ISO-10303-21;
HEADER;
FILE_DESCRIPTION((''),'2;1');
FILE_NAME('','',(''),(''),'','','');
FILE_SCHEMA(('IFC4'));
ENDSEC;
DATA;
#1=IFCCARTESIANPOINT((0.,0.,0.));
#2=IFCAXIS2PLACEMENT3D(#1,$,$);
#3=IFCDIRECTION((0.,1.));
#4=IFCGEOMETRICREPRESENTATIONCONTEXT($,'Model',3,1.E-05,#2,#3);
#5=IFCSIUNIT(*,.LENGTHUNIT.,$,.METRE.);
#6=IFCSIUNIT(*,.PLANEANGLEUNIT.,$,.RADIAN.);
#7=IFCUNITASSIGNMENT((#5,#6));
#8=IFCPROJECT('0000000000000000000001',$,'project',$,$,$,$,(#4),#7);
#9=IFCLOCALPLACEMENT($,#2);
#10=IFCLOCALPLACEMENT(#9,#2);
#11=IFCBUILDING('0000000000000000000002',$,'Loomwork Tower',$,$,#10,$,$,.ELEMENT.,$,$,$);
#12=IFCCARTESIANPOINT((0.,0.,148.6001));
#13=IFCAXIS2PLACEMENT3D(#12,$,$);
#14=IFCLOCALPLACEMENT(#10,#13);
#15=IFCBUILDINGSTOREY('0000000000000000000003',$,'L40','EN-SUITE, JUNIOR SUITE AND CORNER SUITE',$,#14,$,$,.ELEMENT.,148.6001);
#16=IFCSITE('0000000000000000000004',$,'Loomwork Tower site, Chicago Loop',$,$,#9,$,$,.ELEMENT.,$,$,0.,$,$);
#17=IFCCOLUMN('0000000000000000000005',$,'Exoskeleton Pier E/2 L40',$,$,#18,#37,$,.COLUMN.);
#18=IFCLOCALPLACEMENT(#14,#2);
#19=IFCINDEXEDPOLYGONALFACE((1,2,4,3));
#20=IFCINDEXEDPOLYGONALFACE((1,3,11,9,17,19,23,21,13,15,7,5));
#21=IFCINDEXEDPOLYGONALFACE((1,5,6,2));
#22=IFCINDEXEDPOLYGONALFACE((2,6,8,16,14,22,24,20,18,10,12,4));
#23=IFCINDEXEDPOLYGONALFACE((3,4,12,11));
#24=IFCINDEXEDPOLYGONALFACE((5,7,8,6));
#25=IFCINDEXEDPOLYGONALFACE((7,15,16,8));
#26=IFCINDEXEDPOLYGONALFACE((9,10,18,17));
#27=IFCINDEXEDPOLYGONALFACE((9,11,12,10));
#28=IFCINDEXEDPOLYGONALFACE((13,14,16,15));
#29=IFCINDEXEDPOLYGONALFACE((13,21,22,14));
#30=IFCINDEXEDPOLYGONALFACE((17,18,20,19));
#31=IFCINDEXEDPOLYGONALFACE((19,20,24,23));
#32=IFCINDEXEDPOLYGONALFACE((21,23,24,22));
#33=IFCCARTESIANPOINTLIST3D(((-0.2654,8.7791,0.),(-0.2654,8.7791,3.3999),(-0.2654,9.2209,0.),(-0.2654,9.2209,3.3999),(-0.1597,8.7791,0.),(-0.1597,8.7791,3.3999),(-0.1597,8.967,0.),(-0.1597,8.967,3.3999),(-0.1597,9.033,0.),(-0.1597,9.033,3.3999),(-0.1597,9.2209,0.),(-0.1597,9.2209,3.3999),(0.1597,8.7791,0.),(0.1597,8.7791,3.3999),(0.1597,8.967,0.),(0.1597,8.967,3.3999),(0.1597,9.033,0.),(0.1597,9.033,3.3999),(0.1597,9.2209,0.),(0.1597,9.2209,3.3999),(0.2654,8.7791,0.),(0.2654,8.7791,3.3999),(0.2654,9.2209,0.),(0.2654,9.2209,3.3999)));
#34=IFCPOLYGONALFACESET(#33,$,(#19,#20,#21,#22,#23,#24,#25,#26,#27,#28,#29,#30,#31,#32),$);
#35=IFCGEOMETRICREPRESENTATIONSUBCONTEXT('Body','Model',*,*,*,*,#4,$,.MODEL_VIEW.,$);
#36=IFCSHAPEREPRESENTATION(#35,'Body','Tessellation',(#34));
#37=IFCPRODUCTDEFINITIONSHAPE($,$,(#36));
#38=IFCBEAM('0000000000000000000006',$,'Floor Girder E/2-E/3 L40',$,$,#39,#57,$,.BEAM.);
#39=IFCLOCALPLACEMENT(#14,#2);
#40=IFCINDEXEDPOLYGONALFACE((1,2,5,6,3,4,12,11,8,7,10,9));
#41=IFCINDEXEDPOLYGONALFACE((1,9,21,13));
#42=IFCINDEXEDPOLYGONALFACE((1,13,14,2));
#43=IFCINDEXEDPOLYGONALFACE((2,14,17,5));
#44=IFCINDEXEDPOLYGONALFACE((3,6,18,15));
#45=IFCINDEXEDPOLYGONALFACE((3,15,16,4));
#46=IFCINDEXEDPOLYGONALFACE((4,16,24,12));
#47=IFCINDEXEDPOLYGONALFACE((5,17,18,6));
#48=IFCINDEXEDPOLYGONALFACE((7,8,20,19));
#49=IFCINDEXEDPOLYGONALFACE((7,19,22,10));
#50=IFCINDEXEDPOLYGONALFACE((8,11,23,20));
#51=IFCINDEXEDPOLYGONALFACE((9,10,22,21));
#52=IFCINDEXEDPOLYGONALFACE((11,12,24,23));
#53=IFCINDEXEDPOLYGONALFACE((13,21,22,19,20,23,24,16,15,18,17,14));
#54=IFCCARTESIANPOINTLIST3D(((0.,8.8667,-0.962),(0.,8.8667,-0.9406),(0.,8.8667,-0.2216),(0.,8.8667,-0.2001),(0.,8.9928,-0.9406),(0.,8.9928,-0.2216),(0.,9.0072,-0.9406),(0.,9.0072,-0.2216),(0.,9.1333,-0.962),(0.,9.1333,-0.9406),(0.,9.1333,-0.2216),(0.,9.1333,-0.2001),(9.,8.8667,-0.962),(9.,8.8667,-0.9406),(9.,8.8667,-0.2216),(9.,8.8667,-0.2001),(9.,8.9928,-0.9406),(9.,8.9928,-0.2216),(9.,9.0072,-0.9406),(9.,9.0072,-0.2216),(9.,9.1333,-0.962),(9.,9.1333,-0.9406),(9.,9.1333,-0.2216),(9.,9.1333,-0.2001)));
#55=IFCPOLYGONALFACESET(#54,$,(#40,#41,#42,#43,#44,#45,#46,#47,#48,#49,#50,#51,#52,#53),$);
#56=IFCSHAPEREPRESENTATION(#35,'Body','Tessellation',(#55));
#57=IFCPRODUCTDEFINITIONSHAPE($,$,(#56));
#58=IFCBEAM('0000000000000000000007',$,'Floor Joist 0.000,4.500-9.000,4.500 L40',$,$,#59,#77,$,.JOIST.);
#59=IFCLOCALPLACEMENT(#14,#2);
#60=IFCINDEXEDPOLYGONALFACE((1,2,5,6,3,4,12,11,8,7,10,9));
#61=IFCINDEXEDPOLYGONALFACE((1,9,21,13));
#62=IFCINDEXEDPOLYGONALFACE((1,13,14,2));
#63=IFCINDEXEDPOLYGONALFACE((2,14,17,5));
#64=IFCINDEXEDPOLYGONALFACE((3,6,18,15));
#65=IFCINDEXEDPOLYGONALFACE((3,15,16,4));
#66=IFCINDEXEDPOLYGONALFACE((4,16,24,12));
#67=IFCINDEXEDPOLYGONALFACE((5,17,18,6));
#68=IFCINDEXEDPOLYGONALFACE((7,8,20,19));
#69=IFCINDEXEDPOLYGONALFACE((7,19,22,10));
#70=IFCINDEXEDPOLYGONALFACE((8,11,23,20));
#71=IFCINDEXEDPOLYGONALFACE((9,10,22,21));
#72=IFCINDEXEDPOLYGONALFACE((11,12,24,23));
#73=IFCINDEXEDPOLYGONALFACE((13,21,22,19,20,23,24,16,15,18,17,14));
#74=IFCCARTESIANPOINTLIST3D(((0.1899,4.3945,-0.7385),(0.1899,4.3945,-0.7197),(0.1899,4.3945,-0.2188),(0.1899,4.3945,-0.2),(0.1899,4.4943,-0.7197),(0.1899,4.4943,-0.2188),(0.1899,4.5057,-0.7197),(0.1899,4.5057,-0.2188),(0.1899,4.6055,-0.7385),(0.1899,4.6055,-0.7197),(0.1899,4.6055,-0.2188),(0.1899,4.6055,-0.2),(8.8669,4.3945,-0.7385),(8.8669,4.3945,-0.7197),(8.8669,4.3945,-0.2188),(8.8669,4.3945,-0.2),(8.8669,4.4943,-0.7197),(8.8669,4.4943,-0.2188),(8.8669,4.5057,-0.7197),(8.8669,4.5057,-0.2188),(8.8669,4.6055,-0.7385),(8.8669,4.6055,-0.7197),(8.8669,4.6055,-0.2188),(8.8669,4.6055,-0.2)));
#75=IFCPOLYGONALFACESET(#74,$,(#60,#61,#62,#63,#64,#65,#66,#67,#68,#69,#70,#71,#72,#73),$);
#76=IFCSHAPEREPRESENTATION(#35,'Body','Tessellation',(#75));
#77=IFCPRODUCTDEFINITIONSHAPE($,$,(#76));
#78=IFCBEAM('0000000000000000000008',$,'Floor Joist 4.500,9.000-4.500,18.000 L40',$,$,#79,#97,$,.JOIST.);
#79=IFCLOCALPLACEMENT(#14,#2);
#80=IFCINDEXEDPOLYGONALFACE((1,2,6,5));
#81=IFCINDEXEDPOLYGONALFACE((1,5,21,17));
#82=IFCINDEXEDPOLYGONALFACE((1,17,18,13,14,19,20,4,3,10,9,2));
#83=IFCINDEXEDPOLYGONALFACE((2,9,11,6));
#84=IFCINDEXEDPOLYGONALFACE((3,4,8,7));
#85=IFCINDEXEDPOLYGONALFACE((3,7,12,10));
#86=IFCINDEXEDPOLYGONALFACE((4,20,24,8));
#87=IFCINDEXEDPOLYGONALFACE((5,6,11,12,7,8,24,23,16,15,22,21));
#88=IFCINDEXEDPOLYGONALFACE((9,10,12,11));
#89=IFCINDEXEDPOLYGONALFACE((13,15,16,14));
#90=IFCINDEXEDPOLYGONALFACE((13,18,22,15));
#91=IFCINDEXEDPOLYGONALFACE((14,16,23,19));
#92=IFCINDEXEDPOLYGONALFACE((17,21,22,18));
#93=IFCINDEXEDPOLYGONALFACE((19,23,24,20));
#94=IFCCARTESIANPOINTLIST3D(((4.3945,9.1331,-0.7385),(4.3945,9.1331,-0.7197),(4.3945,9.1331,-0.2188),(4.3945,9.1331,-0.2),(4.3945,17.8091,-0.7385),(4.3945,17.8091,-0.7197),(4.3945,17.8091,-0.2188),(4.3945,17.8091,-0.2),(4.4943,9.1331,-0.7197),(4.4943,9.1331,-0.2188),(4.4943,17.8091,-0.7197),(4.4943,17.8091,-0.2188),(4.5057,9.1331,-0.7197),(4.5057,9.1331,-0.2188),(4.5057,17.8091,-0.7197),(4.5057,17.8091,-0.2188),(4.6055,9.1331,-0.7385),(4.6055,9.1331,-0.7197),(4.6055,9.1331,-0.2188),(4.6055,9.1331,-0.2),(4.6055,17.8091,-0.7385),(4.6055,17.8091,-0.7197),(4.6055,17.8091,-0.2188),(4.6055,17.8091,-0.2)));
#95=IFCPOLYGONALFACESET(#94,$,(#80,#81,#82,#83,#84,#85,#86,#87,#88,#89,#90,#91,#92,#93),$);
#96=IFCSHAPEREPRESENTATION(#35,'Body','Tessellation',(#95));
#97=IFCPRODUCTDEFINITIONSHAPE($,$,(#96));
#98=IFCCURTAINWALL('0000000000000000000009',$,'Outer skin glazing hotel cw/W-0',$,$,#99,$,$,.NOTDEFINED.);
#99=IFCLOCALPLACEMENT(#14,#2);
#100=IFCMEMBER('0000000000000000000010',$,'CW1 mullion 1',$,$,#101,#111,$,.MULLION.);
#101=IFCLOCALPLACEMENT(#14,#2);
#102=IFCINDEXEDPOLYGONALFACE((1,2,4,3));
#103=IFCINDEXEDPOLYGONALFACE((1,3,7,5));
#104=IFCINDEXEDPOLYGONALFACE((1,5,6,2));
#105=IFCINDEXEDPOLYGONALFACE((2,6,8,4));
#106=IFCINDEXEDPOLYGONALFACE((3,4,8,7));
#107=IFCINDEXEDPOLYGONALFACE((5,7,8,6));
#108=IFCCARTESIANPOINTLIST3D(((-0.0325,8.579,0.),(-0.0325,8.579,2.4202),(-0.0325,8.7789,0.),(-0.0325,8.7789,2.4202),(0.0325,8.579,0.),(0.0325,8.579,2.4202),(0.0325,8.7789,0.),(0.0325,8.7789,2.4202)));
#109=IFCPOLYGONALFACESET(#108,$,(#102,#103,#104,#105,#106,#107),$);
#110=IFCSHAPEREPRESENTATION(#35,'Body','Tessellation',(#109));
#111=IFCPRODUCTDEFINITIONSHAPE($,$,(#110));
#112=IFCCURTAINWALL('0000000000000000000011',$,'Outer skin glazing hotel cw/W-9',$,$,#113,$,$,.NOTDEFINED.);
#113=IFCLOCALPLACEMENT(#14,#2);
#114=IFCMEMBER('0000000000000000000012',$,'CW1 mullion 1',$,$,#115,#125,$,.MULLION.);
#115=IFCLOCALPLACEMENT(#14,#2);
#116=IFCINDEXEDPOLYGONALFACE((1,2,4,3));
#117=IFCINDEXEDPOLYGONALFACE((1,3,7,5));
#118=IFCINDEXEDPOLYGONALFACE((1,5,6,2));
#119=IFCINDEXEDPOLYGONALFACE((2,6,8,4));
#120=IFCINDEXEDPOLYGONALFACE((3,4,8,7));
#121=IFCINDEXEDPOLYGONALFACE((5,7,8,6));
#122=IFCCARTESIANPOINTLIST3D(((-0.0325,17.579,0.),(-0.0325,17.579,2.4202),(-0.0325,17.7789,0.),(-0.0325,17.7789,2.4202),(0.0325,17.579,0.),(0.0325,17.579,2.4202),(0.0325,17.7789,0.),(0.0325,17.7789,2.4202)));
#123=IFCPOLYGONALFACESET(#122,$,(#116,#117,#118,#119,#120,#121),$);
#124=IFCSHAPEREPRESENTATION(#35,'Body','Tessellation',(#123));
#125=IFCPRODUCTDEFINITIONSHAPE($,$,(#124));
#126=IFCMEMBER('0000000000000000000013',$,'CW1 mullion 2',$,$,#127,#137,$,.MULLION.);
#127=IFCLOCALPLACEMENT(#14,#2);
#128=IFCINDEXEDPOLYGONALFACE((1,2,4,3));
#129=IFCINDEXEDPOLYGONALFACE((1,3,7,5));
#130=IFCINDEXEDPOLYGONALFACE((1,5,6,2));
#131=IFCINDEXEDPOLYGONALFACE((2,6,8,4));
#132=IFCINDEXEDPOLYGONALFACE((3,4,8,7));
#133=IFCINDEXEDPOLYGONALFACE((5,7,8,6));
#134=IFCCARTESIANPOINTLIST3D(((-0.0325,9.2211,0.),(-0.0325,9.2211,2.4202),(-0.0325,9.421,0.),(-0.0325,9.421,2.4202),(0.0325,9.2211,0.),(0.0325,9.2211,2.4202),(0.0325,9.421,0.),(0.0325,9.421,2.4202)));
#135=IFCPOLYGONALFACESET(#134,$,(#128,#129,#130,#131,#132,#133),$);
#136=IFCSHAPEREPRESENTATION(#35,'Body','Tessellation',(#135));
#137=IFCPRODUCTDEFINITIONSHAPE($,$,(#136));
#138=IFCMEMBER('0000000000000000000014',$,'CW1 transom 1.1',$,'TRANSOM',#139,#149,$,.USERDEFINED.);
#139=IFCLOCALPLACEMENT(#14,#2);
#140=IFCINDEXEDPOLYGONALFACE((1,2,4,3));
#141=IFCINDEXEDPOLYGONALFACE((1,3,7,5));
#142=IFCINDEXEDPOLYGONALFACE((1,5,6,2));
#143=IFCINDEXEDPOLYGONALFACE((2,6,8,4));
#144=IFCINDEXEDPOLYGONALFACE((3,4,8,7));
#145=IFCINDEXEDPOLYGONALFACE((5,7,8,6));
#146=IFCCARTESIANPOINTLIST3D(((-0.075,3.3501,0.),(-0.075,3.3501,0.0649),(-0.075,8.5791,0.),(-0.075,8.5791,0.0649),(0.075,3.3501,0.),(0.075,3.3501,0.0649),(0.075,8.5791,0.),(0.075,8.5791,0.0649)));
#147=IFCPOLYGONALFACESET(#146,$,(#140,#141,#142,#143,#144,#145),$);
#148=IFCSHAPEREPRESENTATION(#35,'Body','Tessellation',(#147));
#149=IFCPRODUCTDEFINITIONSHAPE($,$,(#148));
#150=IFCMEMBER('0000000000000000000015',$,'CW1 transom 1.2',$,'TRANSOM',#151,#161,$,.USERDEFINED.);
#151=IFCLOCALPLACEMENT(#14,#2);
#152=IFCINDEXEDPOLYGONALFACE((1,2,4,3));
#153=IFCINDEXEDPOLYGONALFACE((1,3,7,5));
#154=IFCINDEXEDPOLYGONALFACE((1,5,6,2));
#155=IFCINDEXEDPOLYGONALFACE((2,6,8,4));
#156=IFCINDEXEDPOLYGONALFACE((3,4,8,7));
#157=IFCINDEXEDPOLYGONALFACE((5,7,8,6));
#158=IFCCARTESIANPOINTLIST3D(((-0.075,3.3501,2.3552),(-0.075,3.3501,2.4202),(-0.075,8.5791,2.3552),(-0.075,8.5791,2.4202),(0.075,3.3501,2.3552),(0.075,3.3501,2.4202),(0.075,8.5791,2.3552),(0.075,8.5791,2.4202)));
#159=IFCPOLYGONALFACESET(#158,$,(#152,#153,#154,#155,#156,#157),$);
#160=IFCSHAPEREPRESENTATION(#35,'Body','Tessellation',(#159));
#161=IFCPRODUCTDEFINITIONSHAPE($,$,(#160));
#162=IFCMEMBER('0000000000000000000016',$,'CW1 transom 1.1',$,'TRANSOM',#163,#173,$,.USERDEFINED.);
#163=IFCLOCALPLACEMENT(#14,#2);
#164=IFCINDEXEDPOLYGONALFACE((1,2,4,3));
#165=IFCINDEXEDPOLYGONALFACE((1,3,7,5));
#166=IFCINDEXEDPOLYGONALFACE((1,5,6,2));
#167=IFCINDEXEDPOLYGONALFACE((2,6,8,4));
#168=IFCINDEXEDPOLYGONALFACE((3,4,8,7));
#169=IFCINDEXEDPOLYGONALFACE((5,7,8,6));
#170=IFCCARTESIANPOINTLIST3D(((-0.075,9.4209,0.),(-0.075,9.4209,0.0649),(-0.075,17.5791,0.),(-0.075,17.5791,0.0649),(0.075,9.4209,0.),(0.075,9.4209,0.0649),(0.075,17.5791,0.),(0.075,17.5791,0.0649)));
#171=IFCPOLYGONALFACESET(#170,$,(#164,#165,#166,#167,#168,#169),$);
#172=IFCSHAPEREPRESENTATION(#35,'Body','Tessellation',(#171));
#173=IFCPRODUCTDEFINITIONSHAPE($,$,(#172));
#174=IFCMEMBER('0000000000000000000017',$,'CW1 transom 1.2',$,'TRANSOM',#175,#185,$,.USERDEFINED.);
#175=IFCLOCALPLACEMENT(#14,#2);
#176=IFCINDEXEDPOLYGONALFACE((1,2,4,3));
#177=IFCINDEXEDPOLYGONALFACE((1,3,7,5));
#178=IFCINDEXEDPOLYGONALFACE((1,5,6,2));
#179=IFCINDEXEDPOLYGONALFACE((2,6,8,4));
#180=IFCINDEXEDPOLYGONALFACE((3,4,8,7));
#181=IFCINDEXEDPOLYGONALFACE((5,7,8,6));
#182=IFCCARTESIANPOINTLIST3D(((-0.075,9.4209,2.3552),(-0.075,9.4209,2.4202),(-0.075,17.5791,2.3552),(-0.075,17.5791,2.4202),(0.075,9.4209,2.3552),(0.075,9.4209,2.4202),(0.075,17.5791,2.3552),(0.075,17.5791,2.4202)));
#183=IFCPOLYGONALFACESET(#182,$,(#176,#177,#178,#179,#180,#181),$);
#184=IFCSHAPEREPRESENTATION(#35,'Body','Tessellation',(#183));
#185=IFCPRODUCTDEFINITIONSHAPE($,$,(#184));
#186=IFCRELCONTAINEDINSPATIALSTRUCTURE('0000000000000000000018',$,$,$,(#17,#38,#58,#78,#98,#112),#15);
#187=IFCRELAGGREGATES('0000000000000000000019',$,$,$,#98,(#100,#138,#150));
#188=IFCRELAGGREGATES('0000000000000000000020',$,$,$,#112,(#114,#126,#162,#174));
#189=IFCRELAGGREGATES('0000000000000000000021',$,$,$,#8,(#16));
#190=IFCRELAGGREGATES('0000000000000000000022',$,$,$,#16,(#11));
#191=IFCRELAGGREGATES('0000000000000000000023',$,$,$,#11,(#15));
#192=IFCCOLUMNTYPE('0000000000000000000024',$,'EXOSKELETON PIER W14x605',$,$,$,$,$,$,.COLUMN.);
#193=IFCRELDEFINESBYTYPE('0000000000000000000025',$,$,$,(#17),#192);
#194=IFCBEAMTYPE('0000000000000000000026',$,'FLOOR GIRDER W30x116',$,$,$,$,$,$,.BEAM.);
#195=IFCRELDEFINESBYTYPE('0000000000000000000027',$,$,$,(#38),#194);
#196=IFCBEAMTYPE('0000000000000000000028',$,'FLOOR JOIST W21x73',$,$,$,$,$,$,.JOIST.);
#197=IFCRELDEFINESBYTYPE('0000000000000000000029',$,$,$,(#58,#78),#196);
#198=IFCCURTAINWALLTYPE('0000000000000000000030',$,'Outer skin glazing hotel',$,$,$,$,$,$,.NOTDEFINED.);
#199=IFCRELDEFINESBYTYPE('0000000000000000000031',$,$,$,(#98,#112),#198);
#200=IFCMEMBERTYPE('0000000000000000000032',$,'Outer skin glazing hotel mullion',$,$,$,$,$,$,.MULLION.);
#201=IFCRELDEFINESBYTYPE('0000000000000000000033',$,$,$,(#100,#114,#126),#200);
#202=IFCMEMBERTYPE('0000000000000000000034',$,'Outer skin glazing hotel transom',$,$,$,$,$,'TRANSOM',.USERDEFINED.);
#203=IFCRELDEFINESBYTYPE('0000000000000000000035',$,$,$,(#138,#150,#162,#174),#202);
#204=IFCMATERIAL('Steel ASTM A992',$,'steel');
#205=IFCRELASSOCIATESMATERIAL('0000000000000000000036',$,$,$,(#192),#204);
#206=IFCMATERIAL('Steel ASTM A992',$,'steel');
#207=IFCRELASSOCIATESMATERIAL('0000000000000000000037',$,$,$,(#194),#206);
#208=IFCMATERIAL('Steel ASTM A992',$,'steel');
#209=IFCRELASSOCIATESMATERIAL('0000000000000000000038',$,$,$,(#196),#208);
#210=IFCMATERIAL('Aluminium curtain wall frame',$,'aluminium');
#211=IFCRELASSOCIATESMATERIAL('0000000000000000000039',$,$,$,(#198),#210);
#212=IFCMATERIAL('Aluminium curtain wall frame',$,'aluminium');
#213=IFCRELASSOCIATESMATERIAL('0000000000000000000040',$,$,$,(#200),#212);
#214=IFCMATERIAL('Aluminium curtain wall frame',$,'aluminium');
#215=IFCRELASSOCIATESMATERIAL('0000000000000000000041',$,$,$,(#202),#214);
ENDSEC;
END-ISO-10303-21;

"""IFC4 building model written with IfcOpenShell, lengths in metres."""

from ifc_helpers import new_model, si_unit, direction, frame, origin, origin_2d, place, context, subcontext, project, spatial, rectangle, i_section, extrude, material, material_profile, profile_set, type_object, element, aggregate, save


model = new_model("IFC4")

# Units and contexts
model_context = context("Model", 3, precision=1e-05, world=origin(), true_north=direction((0.0, 1.0)))
body_context = subcontext(model_context, "Body", "Model", "MODEL_VIEW")
ifc_project = project(units=[si_unit("LENGTHUNIT", "METRE"), si_unit("PLANEANGLEUNIT", "RADIAN")], contexts=[model_context])

# Site, building, storey
site_placement = place(None, origin())
site = spatial("IfcSite", under=ifc_project, at=site_placement, Name="Loomwork Tower site, Chicago Loop", CompositionType="ELEMENT", RefElevation=0.0)
building_placement = place(site_placement, origin())
building = spatial("IfcBuilding", under=site, at=building_placement, Name="Loomwork Tower", CompositionType="ELEMENT")
storey_placement = place(building_placement, frame((0.0, 0.0, 148.6001)))
storey = spatial("IfcBuildingStorey", under=building, at=storey_placement, Name="L40", Description="EN-SUITE, JUNIOR SUITE AND CORNER SUITE", CompositionType="ELEMENT", Elevation=148.6001)

# Column
ifc_material_1 = material(Name="Steel ASTM A992", Category="steel")
ifc_material_profile_1 = material_profile(ifc_material_1, i_section(OverallWidth=0.4419, OverallDepth=0.5308, WebThickness=0.0659, FlangeThickness=0.1057, at=origin_2d()), Name="W14x605")
ifc_profile_set_1 = profile_set([ifc_material_profile_1], Name="Steel ASTM A992")
column_type = type_object("IfcColumnType", Name="EXOSKELETON PIER W14x605", PredefinedType="COLUMN", material=ifc_profile_set_1)
column_placement = place(storey_placement, frame((0.0, 9.0, 0.0), z_axis=(0.0, 0.0, 1.0), x_axis=(0.0, 1.0, 0.0)))
element("IfcColumn", 1, at=column_placement, inside=storey, type_object=column_type, Name="Exoskeleton Pier E/2 L40", PredefinedType="COLUMN", context=body_context, shape_type="SweptSolid", body=[
    extrude(i_section(OverallWidth=0.4419, OverallDepth=0.5308, WebThickness=0.0659, FlangeThickness=0.1057, at=origin_2d()), origin(), (0.0, 0.0, 1.0), 3.3999),
])

# Beams
ifc_material_2 = material(Name="Steel ASTM A992", Category="steel")
ifc_material_profile_2 = material_profile(ifc_material_2, i_section(OverallWidth=0.2666, OverallDepth=0.762, WebThickness=0.0144, FlangeThickness=0.0215, at=origin_2d()), Name="W30x116")
ifc_profile_set_2 = profile_set([ifc_material_profile_2], Name="Steel ASTM A992")
beam_type_1 = type_object("IfcBeamType", Name="FLOOR GIRDER W30x116", PredefinedType="BEAM", material=ifc_profile_set_2)
beam_1_placement = place(storey_placement, frame((0.0, 9.0, -0.5811), z_axis=(1.0, 0.0, 0.0), x_axis=(0.0, 1.0, 0.0)))
element("IfcBeam", 2, at=beam_1_placement, inside=storey, type_object=beam_type_1, Name="Floor Girder E/2-E/3 L40", PredefinedType="BEAM", context=body_context, shape_type="SweptSolid", body=[
    extrude(i_section(OverallWidth=0.2666, OverallDepth=0.762, WebThickness=0.0144, FlangeThickness=0.0215, at=origin_2d()), origin(), (0.0, 0.0, 1.0), 9.0),
])
ifc_material_3 = material(Name="Steel ASTM A992", Category="steel")
ifc_material_profile_3 = material_profile(ifc_material_3, i_section(OverallWidth=0.2109, OverallDepth=0.5386, WebThickness=0.0115, FlangeThickness=0.0188, at=origin_2d()), Name="W21x73")
ifc_profile_set_3 = profile_set([ifc_material_profile_3], Name="Steel ASTM A992")
beam_type_2 = type_object("IfcBeamType", Name="FLOOR JOIST W21x73", PredefinedType="JOIST", material=ifc_profile_set_3)
beam_2_placement = place(storey_placement, frame((0.1899, 4.5, -0.4692), z_axis=(1.0, 0.0, 0.0), x_axis=(0.0, 1.0, 0.0)))
element("IfcBeam", 3, at=beam_2_placement, inside=storey, type_object=beam_type_2, Name="Floor Joist 0.000,4.500-9.000,4.500 L40", PredefinedType="JOIST", context=body_context, shape_type="SweptSolid", body=[
    extrude(i_section(OverallWidth=0.2109, OverallDepth=0.5386, WebThickness=0.0115, FlangeThickness=0.0188, at=origin_2d()), origin(), (0.0, 0.0, 1.0), 8.677),
])
beam_3_placement = place(storey_placement, frame((4.5, 9.1331, -0.4692), z_axis=(0.0, 1.0, 0.0), x_axis=(-1.0, 0.0, 0.0)))
element("IfcBeam", 4, at=beam_3_placement, inside=storey, type_object=beam_type_2, Name="Floor Joist 4.500,9.000-4.500,18.000 L40", PredefinedType="JOIST", context=body_context, shape_type="SweptSolid", body=[
    extrude(i_section(OverallWidth=0.2109, OverallDepth=0.5386, WebThickness=0.0115, FlangeThickness=0.0188, at=origin_2d()), origin(), (0.0, 0.0, 1.0), 8.676),
])

# Curtain wall, member
ifc_material_4 = material(Name="Aluminium curtain wall frame", Category="aluminium")
curtain_wall_type = type_object("IfcCurtainWallType", Name="Outer skin glazing hotel", PredefinedType="NOTDEFINED", material=ifc_material_4)
curtain_wall_1_placement = place(storey_placement, origin())
curtain_wall_1 = element("IfcCurtainWall", 5, at=curtain_wall_1_placement, inside=storey, type_object=curtain_wall_type, Name="Outer skin glazing hotel cw/W-0", PredefinedType="NOTDEFINED")
ifc_material_5 = material(Name="Aluminium curtain wall frame", Category="aluminium")
ifc_material_profile_4 = material_profile(ifc_material_5, rectangle(XDim=0.0649, YDim=0.2, at=origin_2d()), Name="AL 65x200")
ifc_profile_set_4 = profile_set([ifc_material_profile_4], Name="Aluminium curtain wall frame")
member_type_1 = type_object("IfcMemberType", Name="Outer skin glazing hotel mullion", PredefinedType="MULLION", material=ifc_profile_set_4)
member_1_placement = place(storey_placement, frame((0.0, 8.679, 0.0), z_axis=(0.0, 0.0, 1.0), x_axis=(1.0, 0.0, 0.0)))
member_1 = element("IfcMember", 6, at=member_1_placement, type_object=member_type_1, Name="CW1 mullion 1", PredefinedType="MULLION", context=body_context, shape_type="SweptSolid", body=[
    extrude(rectangle(XDim=0.0649, YDim=0.2, at=origin_2d()), origin(), (0.0, 0.0, 1.0), 2.4202),
])

# Curtain wall, members
curtain_wall_2_placement = place(storey_placement, origin())
curtain_wall_2 = element("IfcCurtainWall", 7, at=curtain_wall_2_placement, inside=storey, type_object=curtain_wall_type, Name="Outer skin glazing hotel cw/W-9", PredefinedType="NOTDEFINED")
member_2_placement = place(storey_placement, frame((0.0, 17.679, 0.0), z_axis=(0.0, 0.0, 1.0), x_axis=(1.0, 0.0, 0.0)))
member_2 = element("IfcMember", 8, at=member_2_placement, type_object=member_type_1, Name="CW1 mullion 1", PredefinedType="MULLION", context=body_context, shape_type="SweptSolid", body=[
    extrude(rectangle(XDim=0.0649, YDim=0.2, at=origin_2d()), origin(), (0.0, 0.0, 1.0), 2.4202),
])
member_3_placement = place(storey_placement, frame((0.0, 9.321, 0.0), z_axis=(0.0, 0.0, 1.0), x_axis=(1.0, 0.0, 0.0)))
member_3 = element("IfcMember", 9, at=member_3_placement, type_object=member_type_1, Name="CW1 mullion 2", PredefinedType="MULLION", context=body_context, shape_type="SweptSolid", body=[
    extrude(rectangle(XDim=0.0649, YDim=0.2, at=origin_2d()), origin(), (0.0, 0.0, 1.0), 2.4202),
])

# Members
ifc_material_6 = material(Name="Aluminium curtain wall frame", Category="aluminium")
ifc_material_profile_5 = material_profile(ifc_material_6, rectangle(XDim=0.1499, YDim=0.0649, at=origin_2d()), Name="AL 65x150")
ifc_profile_set_5 = profile_set([ifc_material_profile_5], Name="Aluminium curtain wall frame")
member_type_2 = type_object("IfcMemberType", Name="Outer skin glazing hotel transom", ElementType="TRANSOM", PredefinedType="USERDEFINED", material=ifc_profile_set_5)
member_4_placement = place(storey_placement, frame((0.0, 8.5791, 0.0325), z_axis=(0.0, -1.0, 0.0), x_axis=(1.0, 0.0, 0.0)))
member_4 = element("IfcMember", 10, at=member_4_placement, type_object=member_type_2, Name="CW1 transom 1.1", ObjectType="TRANSOM", PredefinedType="USERDEFINED", context=body_context, shape_type="SweptSolid", body=[
    extrude(rectangle(XDim=0.1499, YDim=0.0649, at=origin_2d()), origin(), (0.0, 0.0, 1.0), 5.229),
])
member_5_placement = place(storey_placement, frame((0.0, 8.5791, 2.3877), z_axis=(0.0, -1.0, 0.0), x_axis=(1.0, 0.0, 0.0)))
member_5 = element("IfcMember", 11, at=member_5_placement, type_object=member_type_2, Name="CW1 transom 1.2", ObjectType="TRANSOM", PredefinedType="USERDEFINED", context=body_context, shape_type="SweptSolid", body=[
    extrude(rectangle(XDim=0.1499, YDim=0.0649, at=origin_2d()), origin(), (0.0, 0.0, 1.0), 5.229),
])
member_6_placement = place(storey_placement, frame((0.0, 17.5791, 0.0325), z_axis=(0.0, -1.0, 0.0), x_axis=(1.0, 0.0, 0.0)))
member_6 = element("IfcMember", 12, at=member_6_placement, type_object=member_type_2, Name="CW1 transom 1.1", ObjectType="TRANSOM", PredefinedType="USERDEFINED", context=body_context, shape_type="SweptSolid", body=[
    extrude(rectangle(XDim=0.1499, YDim=0.0649, at=origin_2d()), origin(), (0.0, 0.0, 1.0), 8.1582),
])
member_7_placement = place(storey_placement, frame((0.0, 17.5791, 2.3877), z_axis=(0.0, -1.0, 0.0), x_axis=(1.0, 0.0, 0.0)))
member_7 = element("IfcMember", 13, at=member_7_placement, type_object=member_type_2, Name="CW1 transom 1.2", ObjectType="TRANSOM", PredefinedType="USERDEFINED", context=body_context, shape_type="SweptSolid", body=[
    extrude(rectangle(XDim=0.1499, YDim=0.0649, at=origin_2d()), origin(), (0.0, 0.0, 1.0), 8.1582),
])

aggregate(curtain_wall_1, [member_1, member_4, member_5])
aggregate(curtain_wall_2, [member_2, member_3, member_6, member_7])

save(model, "model.ifc")
